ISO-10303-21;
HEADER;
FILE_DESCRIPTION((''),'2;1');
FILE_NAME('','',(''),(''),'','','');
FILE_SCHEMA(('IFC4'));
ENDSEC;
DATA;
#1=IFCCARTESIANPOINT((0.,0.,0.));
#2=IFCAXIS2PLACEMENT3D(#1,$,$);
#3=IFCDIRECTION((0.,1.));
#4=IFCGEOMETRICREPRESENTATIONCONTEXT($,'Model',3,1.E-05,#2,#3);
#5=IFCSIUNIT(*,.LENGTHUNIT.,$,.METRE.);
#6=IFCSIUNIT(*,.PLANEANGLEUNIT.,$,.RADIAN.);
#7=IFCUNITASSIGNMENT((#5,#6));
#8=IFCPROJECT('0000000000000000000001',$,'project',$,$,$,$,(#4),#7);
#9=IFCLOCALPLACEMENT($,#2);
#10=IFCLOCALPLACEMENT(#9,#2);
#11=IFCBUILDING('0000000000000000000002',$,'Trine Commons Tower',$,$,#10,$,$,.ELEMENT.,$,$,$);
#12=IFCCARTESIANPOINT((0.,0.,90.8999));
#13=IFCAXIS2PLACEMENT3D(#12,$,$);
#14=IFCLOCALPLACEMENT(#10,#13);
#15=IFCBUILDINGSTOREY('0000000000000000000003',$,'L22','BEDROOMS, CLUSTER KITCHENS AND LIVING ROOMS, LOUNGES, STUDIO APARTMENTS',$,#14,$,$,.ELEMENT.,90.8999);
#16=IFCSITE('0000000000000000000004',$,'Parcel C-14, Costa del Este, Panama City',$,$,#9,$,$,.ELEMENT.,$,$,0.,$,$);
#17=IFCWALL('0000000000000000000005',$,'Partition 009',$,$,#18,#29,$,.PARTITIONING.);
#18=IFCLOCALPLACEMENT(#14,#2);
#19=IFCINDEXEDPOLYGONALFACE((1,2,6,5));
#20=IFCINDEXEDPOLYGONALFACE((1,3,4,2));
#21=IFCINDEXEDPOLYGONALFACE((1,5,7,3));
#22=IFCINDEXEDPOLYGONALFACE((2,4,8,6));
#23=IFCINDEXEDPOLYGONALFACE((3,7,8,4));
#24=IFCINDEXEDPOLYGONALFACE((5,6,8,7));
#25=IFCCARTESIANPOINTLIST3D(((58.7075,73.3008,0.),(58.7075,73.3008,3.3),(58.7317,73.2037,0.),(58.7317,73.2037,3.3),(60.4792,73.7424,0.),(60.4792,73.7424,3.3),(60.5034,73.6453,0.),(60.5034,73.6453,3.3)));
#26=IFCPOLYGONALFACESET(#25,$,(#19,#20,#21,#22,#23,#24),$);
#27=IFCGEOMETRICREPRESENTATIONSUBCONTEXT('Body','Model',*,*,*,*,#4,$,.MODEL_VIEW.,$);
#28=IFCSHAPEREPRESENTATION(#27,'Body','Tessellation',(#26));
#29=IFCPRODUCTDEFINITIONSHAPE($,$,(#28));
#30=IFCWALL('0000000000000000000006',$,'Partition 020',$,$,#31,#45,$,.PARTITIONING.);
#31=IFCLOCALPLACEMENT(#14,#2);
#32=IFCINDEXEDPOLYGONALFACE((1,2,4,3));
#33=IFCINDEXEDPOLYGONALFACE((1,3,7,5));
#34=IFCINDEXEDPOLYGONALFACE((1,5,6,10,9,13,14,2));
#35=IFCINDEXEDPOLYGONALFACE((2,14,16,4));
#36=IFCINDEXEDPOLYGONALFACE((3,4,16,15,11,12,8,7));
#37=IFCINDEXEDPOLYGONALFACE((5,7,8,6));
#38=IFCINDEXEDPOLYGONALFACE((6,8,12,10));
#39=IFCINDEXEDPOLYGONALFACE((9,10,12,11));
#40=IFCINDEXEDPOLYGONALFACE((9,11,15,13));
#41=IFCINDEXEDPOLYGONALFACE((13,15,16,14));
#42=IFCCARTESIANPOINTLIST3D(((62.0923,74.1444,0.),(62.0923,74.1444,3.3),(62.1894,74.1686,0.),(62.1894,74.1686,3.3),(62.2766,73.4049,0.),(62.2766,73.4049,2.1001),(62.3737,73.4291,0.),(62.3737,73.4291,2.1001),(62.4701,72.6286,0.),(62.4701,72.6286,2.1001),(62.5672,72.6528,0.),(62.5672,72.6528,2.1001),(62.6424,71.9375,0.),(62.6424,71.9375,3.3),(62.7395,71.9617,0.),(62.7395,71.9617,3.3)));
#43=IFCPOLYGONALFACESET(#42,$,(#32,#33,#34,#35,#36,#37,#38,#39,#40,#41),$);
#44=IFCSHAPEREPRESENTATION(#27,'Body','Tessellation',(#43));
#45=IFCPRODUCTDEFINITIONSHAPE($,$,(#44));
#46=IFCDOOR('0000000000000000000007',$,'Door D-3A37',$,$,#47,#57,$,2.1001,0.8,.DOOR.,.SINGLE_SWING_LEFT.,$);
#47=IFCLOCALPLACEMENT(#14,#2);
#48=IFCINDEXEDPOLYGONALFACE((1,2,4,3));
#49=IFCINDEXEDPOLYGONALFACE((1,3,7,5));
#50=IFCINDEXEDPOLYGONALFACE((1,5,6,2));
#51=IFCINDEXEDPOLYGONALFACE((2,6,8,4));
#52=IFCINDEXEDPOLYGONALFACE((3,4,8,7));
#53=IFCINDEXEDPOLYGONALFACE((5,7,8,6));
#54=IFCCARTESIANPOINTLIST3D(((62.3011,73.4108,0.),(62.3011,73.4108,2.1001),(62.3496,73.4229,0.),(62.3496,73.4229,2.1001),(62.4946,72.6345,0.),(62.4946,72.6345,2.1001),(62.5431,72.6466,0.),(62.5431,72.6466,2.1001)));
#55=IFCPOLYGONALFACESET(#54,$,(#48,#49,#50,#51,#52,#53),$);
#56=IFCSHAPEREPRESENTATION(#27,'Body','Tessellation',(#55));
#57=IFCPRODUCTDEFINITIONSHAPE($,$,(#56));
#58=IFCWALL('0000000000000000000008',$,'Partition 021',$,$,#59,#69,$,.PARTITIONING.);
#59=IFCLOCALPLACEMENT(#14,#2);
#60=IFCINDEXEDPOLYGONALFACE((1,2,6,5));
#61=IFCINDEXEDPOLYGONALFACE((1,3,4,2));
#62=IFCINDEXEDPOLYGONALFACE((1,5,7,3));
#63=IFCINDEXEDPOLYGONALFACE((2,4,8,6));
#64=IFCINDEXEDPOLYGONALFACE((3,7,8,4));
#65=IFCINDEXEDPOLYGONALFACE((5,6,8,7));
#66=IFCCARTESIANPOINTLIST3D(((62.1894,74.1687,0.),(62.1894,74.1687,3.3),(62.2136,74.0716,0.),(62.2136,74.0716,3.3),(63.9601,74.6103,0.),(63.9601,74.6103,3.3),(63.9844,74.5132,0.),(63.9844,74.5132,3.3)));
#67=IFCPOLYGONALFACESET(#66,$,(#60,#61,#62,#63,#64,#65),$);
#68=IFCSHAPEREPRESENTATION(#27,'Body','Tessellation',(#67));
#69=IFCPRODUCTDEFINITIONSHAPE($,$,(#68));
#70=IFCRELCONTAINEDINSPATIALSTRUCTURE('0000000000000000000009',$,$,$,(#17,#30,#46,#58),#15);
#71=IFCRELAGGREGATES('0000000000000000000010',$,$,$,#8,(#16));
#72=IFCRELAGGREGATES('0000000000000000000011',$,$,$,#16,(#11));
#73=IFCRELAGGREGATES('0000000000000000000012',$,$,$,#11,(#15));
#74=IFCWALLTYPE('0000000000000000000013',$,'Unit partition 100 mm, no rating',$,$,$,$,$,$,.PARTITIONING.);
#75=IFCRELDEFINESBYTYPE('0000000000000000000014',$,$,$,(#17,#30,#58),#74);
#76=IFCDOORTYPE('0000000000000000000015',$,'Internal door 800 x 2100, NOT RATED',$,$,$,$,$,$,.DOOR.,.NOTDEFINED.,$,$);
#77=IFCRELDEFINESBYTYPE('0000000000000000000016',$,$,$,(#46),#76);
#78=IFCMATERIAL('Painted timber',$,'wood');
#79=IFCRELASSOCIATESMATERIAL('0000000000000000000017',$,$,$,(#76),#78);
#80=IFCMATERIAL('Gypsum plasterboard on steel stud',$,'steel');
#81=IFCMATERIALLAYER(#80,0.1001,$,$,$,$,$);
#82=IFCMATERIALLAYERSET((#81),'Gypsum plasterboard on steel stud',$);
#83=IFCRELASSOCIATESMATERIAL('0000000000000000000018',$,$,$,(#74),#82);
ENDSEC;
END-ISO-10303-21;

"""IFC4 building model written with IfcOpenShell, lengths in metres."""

from ifc_helpers import new_model, si_unit, direction, frame, frame_2d, origin, place, context, subcontext, project, spatial, rectangle, extrude, material, layer, layer_set, type_object, element, fill, save


model = new_model("IFC4")

# Units and contexts
model_context = context("Model", 3, precision=1e-05, world=origin(), true_north=direction((0.0, 1.0)))
body_context = subcontext(model_context, "Body", "Model", "MODEL_VIEW")
ifc_project = project(units=[si_unit("LENGTHUNIT", "METRE"), si_unit("PLANEANGLEUNIT", "RADIAN")], contexts=[model_context])

# Site, building, storey
site_placement = place(None, origin())
site = spatial("IfcSite", under=ifc_project, at=site_placement, Name="Parcel C-14, Costa del Este, Panama City", CompositionType="ELEMENT", RefElevation=0.0)
building_placement = place(site_placement, origin())
building = spatial("IfcBuilding", under=site, at=building_placement, Name="Trine Commons Tower", CompositionType="ELEMENT")
storey_placement = place(building_placement, frame((0.0, 0.0, 90.8999)))
storey = spatial("IfcBuildingStorey", under=building, at=storey_placement, Name="L22", Description="BEDROOMS, CLUSTER KITCHENS AND LIVING ROOMS, LOUNGES, STUDIO APARTMENTS", CompositionType="ELEMENT", Elevation=90.8999)

# Shared definitions
ifc_material_1 = material(Name="Gypsum plasterboard on steel stud", Category="steel")

# Shared definitions
ifc_material_2 = material(Name="Painted timber", Category="wood")
door_type_1 = type_object("IfcDoorType", Name="Internal door 800 x 2100, NOT RATED", OperationType="NOTDEFINED", PredefinedType="DOOR", material=ifc_material_2)

# Wall
ifc_layer_1 = layer(ifc_material_1, 0.1001)
ifc_layer_set_1 = layer_set([ifc_layer_1], Name="Gypsum plasterboard on steel stud")
wall_type_1 = type_object("IfcWallType", Name="Unit partition 100 mm, no rating", PredefinedType="PARTITIONING", material=ifc_layer_set_1)
wall_1_placement = place(storey_placement, frame((58.7195, 73.2522, 0.0), z_axis=(0.0, 0.0, 1.0), x_axis=(0.970307, 0.241875, 0.0)))
element("IfcWall", 1, at=wall_1_placement, inside=storey, type_object=wall_type_1, Name="Partition 009", PredefinedType="PARTITIONING", context=body_context, shape_type="SweptSolid", body=[
    extrude(rectangle(XDim=1.8259, YDim=0.1001, at=frame_2d((0.9131, 0.0))), origin(), (0.0, 0.0, 1.0), 3.3),
])

# Wall, opening, door
wall_2_placement = place(storey_placement, frame((62.1409, 74.1565, 0.0), z_axis=(0.0, 0.0, 1.0), x_axis=(0.241854, -0.970313, 0.0)))
wall_2 = element("IfcWall", 2, at=wall_2_placement, inside=storey, type_object=wall_type_1, Name="Partition 020", PredefinedType="PARTITIONING", context=body_context, shape_type="SweptSolid", body=[
    extrude(rectangle(XDim=2.2744, YDim=0.1001, at=frame_2d((1.1372, 0.0))), origin(), (0.0, 0.0, 1.0), 3.3),
])
opening_1_placement = place(wall_2_placement, frame((0.7622, 0.0, 0.0)))
opening_1 = element("IfcOpeningElement", 3, at=opening_1_placement, cuts=wall_2, PredefinedType="OPENING", context=body_context, shape_type="SweptSolid", body=[
    extrude(rectangle(XDim=0.8, YDim=2.1001, at=frame_2d((0.3999, 1.05))), frame((0.0, 0.0601, 0.0), z_axis=(0.0, -1.0, 0.0), x_axis=(1.0, 0.0, 0.0)), (0.0, 0.0, 1.0), 0.1201),
])
door_1_placement = place(opening_1_placement, frame((0.8, 0.0, 0.0), z_axis=(0.0, 0.0, 1.0), x_axis=(-1.0, 0.0, 0.0)))
door_1 = element("IfcDoor", 4, at=door_1_placement, inside=storey, type_object=door_type_1, Name="Door D-3A37", OperationType="SINGLE_SWING_LEFT", OverallHeight=2.1001, OverallWidth=0.8, PredefinedType="DOOR", context=body_context, shape_type="SweptSolid", body=[
    extrude(rectangle(XDim=0.8, YDim=2.1001, at=frame_2d((0.3999, 1.05))), frame((0.0, 0.0249, 0.0), z_axis=(0.0, -1.0, 0.0), x_axis=(1.0, 0.0, 0.0)), (0.0, 0.0, 1.0), 0.05),
])
fill(opening_1, door_1)

# Wall
wall_3_placement = place(storey_placement, frame((62.2014, 74.1201, 0.0), z_axis=(0.0, 0.0, 1.0), x_axis=(0.970276, 0.242, 0.0)))
element("IfcWall", 5, at=wall_3_placement, inside=storey, type_object=wall_type_1, Name="Partition 021", PredefinedType="PARTITIONING", context=body_context, shape_type="SweptSolid", body=[
    extrude(rectangle(XDim=1.825, YDim=0.1001, at=frame_2d((0.9126, 0.0))), origin(), (0.0, 0.0, 1.0), 3.3),
])

save(model, "model.ifc")
